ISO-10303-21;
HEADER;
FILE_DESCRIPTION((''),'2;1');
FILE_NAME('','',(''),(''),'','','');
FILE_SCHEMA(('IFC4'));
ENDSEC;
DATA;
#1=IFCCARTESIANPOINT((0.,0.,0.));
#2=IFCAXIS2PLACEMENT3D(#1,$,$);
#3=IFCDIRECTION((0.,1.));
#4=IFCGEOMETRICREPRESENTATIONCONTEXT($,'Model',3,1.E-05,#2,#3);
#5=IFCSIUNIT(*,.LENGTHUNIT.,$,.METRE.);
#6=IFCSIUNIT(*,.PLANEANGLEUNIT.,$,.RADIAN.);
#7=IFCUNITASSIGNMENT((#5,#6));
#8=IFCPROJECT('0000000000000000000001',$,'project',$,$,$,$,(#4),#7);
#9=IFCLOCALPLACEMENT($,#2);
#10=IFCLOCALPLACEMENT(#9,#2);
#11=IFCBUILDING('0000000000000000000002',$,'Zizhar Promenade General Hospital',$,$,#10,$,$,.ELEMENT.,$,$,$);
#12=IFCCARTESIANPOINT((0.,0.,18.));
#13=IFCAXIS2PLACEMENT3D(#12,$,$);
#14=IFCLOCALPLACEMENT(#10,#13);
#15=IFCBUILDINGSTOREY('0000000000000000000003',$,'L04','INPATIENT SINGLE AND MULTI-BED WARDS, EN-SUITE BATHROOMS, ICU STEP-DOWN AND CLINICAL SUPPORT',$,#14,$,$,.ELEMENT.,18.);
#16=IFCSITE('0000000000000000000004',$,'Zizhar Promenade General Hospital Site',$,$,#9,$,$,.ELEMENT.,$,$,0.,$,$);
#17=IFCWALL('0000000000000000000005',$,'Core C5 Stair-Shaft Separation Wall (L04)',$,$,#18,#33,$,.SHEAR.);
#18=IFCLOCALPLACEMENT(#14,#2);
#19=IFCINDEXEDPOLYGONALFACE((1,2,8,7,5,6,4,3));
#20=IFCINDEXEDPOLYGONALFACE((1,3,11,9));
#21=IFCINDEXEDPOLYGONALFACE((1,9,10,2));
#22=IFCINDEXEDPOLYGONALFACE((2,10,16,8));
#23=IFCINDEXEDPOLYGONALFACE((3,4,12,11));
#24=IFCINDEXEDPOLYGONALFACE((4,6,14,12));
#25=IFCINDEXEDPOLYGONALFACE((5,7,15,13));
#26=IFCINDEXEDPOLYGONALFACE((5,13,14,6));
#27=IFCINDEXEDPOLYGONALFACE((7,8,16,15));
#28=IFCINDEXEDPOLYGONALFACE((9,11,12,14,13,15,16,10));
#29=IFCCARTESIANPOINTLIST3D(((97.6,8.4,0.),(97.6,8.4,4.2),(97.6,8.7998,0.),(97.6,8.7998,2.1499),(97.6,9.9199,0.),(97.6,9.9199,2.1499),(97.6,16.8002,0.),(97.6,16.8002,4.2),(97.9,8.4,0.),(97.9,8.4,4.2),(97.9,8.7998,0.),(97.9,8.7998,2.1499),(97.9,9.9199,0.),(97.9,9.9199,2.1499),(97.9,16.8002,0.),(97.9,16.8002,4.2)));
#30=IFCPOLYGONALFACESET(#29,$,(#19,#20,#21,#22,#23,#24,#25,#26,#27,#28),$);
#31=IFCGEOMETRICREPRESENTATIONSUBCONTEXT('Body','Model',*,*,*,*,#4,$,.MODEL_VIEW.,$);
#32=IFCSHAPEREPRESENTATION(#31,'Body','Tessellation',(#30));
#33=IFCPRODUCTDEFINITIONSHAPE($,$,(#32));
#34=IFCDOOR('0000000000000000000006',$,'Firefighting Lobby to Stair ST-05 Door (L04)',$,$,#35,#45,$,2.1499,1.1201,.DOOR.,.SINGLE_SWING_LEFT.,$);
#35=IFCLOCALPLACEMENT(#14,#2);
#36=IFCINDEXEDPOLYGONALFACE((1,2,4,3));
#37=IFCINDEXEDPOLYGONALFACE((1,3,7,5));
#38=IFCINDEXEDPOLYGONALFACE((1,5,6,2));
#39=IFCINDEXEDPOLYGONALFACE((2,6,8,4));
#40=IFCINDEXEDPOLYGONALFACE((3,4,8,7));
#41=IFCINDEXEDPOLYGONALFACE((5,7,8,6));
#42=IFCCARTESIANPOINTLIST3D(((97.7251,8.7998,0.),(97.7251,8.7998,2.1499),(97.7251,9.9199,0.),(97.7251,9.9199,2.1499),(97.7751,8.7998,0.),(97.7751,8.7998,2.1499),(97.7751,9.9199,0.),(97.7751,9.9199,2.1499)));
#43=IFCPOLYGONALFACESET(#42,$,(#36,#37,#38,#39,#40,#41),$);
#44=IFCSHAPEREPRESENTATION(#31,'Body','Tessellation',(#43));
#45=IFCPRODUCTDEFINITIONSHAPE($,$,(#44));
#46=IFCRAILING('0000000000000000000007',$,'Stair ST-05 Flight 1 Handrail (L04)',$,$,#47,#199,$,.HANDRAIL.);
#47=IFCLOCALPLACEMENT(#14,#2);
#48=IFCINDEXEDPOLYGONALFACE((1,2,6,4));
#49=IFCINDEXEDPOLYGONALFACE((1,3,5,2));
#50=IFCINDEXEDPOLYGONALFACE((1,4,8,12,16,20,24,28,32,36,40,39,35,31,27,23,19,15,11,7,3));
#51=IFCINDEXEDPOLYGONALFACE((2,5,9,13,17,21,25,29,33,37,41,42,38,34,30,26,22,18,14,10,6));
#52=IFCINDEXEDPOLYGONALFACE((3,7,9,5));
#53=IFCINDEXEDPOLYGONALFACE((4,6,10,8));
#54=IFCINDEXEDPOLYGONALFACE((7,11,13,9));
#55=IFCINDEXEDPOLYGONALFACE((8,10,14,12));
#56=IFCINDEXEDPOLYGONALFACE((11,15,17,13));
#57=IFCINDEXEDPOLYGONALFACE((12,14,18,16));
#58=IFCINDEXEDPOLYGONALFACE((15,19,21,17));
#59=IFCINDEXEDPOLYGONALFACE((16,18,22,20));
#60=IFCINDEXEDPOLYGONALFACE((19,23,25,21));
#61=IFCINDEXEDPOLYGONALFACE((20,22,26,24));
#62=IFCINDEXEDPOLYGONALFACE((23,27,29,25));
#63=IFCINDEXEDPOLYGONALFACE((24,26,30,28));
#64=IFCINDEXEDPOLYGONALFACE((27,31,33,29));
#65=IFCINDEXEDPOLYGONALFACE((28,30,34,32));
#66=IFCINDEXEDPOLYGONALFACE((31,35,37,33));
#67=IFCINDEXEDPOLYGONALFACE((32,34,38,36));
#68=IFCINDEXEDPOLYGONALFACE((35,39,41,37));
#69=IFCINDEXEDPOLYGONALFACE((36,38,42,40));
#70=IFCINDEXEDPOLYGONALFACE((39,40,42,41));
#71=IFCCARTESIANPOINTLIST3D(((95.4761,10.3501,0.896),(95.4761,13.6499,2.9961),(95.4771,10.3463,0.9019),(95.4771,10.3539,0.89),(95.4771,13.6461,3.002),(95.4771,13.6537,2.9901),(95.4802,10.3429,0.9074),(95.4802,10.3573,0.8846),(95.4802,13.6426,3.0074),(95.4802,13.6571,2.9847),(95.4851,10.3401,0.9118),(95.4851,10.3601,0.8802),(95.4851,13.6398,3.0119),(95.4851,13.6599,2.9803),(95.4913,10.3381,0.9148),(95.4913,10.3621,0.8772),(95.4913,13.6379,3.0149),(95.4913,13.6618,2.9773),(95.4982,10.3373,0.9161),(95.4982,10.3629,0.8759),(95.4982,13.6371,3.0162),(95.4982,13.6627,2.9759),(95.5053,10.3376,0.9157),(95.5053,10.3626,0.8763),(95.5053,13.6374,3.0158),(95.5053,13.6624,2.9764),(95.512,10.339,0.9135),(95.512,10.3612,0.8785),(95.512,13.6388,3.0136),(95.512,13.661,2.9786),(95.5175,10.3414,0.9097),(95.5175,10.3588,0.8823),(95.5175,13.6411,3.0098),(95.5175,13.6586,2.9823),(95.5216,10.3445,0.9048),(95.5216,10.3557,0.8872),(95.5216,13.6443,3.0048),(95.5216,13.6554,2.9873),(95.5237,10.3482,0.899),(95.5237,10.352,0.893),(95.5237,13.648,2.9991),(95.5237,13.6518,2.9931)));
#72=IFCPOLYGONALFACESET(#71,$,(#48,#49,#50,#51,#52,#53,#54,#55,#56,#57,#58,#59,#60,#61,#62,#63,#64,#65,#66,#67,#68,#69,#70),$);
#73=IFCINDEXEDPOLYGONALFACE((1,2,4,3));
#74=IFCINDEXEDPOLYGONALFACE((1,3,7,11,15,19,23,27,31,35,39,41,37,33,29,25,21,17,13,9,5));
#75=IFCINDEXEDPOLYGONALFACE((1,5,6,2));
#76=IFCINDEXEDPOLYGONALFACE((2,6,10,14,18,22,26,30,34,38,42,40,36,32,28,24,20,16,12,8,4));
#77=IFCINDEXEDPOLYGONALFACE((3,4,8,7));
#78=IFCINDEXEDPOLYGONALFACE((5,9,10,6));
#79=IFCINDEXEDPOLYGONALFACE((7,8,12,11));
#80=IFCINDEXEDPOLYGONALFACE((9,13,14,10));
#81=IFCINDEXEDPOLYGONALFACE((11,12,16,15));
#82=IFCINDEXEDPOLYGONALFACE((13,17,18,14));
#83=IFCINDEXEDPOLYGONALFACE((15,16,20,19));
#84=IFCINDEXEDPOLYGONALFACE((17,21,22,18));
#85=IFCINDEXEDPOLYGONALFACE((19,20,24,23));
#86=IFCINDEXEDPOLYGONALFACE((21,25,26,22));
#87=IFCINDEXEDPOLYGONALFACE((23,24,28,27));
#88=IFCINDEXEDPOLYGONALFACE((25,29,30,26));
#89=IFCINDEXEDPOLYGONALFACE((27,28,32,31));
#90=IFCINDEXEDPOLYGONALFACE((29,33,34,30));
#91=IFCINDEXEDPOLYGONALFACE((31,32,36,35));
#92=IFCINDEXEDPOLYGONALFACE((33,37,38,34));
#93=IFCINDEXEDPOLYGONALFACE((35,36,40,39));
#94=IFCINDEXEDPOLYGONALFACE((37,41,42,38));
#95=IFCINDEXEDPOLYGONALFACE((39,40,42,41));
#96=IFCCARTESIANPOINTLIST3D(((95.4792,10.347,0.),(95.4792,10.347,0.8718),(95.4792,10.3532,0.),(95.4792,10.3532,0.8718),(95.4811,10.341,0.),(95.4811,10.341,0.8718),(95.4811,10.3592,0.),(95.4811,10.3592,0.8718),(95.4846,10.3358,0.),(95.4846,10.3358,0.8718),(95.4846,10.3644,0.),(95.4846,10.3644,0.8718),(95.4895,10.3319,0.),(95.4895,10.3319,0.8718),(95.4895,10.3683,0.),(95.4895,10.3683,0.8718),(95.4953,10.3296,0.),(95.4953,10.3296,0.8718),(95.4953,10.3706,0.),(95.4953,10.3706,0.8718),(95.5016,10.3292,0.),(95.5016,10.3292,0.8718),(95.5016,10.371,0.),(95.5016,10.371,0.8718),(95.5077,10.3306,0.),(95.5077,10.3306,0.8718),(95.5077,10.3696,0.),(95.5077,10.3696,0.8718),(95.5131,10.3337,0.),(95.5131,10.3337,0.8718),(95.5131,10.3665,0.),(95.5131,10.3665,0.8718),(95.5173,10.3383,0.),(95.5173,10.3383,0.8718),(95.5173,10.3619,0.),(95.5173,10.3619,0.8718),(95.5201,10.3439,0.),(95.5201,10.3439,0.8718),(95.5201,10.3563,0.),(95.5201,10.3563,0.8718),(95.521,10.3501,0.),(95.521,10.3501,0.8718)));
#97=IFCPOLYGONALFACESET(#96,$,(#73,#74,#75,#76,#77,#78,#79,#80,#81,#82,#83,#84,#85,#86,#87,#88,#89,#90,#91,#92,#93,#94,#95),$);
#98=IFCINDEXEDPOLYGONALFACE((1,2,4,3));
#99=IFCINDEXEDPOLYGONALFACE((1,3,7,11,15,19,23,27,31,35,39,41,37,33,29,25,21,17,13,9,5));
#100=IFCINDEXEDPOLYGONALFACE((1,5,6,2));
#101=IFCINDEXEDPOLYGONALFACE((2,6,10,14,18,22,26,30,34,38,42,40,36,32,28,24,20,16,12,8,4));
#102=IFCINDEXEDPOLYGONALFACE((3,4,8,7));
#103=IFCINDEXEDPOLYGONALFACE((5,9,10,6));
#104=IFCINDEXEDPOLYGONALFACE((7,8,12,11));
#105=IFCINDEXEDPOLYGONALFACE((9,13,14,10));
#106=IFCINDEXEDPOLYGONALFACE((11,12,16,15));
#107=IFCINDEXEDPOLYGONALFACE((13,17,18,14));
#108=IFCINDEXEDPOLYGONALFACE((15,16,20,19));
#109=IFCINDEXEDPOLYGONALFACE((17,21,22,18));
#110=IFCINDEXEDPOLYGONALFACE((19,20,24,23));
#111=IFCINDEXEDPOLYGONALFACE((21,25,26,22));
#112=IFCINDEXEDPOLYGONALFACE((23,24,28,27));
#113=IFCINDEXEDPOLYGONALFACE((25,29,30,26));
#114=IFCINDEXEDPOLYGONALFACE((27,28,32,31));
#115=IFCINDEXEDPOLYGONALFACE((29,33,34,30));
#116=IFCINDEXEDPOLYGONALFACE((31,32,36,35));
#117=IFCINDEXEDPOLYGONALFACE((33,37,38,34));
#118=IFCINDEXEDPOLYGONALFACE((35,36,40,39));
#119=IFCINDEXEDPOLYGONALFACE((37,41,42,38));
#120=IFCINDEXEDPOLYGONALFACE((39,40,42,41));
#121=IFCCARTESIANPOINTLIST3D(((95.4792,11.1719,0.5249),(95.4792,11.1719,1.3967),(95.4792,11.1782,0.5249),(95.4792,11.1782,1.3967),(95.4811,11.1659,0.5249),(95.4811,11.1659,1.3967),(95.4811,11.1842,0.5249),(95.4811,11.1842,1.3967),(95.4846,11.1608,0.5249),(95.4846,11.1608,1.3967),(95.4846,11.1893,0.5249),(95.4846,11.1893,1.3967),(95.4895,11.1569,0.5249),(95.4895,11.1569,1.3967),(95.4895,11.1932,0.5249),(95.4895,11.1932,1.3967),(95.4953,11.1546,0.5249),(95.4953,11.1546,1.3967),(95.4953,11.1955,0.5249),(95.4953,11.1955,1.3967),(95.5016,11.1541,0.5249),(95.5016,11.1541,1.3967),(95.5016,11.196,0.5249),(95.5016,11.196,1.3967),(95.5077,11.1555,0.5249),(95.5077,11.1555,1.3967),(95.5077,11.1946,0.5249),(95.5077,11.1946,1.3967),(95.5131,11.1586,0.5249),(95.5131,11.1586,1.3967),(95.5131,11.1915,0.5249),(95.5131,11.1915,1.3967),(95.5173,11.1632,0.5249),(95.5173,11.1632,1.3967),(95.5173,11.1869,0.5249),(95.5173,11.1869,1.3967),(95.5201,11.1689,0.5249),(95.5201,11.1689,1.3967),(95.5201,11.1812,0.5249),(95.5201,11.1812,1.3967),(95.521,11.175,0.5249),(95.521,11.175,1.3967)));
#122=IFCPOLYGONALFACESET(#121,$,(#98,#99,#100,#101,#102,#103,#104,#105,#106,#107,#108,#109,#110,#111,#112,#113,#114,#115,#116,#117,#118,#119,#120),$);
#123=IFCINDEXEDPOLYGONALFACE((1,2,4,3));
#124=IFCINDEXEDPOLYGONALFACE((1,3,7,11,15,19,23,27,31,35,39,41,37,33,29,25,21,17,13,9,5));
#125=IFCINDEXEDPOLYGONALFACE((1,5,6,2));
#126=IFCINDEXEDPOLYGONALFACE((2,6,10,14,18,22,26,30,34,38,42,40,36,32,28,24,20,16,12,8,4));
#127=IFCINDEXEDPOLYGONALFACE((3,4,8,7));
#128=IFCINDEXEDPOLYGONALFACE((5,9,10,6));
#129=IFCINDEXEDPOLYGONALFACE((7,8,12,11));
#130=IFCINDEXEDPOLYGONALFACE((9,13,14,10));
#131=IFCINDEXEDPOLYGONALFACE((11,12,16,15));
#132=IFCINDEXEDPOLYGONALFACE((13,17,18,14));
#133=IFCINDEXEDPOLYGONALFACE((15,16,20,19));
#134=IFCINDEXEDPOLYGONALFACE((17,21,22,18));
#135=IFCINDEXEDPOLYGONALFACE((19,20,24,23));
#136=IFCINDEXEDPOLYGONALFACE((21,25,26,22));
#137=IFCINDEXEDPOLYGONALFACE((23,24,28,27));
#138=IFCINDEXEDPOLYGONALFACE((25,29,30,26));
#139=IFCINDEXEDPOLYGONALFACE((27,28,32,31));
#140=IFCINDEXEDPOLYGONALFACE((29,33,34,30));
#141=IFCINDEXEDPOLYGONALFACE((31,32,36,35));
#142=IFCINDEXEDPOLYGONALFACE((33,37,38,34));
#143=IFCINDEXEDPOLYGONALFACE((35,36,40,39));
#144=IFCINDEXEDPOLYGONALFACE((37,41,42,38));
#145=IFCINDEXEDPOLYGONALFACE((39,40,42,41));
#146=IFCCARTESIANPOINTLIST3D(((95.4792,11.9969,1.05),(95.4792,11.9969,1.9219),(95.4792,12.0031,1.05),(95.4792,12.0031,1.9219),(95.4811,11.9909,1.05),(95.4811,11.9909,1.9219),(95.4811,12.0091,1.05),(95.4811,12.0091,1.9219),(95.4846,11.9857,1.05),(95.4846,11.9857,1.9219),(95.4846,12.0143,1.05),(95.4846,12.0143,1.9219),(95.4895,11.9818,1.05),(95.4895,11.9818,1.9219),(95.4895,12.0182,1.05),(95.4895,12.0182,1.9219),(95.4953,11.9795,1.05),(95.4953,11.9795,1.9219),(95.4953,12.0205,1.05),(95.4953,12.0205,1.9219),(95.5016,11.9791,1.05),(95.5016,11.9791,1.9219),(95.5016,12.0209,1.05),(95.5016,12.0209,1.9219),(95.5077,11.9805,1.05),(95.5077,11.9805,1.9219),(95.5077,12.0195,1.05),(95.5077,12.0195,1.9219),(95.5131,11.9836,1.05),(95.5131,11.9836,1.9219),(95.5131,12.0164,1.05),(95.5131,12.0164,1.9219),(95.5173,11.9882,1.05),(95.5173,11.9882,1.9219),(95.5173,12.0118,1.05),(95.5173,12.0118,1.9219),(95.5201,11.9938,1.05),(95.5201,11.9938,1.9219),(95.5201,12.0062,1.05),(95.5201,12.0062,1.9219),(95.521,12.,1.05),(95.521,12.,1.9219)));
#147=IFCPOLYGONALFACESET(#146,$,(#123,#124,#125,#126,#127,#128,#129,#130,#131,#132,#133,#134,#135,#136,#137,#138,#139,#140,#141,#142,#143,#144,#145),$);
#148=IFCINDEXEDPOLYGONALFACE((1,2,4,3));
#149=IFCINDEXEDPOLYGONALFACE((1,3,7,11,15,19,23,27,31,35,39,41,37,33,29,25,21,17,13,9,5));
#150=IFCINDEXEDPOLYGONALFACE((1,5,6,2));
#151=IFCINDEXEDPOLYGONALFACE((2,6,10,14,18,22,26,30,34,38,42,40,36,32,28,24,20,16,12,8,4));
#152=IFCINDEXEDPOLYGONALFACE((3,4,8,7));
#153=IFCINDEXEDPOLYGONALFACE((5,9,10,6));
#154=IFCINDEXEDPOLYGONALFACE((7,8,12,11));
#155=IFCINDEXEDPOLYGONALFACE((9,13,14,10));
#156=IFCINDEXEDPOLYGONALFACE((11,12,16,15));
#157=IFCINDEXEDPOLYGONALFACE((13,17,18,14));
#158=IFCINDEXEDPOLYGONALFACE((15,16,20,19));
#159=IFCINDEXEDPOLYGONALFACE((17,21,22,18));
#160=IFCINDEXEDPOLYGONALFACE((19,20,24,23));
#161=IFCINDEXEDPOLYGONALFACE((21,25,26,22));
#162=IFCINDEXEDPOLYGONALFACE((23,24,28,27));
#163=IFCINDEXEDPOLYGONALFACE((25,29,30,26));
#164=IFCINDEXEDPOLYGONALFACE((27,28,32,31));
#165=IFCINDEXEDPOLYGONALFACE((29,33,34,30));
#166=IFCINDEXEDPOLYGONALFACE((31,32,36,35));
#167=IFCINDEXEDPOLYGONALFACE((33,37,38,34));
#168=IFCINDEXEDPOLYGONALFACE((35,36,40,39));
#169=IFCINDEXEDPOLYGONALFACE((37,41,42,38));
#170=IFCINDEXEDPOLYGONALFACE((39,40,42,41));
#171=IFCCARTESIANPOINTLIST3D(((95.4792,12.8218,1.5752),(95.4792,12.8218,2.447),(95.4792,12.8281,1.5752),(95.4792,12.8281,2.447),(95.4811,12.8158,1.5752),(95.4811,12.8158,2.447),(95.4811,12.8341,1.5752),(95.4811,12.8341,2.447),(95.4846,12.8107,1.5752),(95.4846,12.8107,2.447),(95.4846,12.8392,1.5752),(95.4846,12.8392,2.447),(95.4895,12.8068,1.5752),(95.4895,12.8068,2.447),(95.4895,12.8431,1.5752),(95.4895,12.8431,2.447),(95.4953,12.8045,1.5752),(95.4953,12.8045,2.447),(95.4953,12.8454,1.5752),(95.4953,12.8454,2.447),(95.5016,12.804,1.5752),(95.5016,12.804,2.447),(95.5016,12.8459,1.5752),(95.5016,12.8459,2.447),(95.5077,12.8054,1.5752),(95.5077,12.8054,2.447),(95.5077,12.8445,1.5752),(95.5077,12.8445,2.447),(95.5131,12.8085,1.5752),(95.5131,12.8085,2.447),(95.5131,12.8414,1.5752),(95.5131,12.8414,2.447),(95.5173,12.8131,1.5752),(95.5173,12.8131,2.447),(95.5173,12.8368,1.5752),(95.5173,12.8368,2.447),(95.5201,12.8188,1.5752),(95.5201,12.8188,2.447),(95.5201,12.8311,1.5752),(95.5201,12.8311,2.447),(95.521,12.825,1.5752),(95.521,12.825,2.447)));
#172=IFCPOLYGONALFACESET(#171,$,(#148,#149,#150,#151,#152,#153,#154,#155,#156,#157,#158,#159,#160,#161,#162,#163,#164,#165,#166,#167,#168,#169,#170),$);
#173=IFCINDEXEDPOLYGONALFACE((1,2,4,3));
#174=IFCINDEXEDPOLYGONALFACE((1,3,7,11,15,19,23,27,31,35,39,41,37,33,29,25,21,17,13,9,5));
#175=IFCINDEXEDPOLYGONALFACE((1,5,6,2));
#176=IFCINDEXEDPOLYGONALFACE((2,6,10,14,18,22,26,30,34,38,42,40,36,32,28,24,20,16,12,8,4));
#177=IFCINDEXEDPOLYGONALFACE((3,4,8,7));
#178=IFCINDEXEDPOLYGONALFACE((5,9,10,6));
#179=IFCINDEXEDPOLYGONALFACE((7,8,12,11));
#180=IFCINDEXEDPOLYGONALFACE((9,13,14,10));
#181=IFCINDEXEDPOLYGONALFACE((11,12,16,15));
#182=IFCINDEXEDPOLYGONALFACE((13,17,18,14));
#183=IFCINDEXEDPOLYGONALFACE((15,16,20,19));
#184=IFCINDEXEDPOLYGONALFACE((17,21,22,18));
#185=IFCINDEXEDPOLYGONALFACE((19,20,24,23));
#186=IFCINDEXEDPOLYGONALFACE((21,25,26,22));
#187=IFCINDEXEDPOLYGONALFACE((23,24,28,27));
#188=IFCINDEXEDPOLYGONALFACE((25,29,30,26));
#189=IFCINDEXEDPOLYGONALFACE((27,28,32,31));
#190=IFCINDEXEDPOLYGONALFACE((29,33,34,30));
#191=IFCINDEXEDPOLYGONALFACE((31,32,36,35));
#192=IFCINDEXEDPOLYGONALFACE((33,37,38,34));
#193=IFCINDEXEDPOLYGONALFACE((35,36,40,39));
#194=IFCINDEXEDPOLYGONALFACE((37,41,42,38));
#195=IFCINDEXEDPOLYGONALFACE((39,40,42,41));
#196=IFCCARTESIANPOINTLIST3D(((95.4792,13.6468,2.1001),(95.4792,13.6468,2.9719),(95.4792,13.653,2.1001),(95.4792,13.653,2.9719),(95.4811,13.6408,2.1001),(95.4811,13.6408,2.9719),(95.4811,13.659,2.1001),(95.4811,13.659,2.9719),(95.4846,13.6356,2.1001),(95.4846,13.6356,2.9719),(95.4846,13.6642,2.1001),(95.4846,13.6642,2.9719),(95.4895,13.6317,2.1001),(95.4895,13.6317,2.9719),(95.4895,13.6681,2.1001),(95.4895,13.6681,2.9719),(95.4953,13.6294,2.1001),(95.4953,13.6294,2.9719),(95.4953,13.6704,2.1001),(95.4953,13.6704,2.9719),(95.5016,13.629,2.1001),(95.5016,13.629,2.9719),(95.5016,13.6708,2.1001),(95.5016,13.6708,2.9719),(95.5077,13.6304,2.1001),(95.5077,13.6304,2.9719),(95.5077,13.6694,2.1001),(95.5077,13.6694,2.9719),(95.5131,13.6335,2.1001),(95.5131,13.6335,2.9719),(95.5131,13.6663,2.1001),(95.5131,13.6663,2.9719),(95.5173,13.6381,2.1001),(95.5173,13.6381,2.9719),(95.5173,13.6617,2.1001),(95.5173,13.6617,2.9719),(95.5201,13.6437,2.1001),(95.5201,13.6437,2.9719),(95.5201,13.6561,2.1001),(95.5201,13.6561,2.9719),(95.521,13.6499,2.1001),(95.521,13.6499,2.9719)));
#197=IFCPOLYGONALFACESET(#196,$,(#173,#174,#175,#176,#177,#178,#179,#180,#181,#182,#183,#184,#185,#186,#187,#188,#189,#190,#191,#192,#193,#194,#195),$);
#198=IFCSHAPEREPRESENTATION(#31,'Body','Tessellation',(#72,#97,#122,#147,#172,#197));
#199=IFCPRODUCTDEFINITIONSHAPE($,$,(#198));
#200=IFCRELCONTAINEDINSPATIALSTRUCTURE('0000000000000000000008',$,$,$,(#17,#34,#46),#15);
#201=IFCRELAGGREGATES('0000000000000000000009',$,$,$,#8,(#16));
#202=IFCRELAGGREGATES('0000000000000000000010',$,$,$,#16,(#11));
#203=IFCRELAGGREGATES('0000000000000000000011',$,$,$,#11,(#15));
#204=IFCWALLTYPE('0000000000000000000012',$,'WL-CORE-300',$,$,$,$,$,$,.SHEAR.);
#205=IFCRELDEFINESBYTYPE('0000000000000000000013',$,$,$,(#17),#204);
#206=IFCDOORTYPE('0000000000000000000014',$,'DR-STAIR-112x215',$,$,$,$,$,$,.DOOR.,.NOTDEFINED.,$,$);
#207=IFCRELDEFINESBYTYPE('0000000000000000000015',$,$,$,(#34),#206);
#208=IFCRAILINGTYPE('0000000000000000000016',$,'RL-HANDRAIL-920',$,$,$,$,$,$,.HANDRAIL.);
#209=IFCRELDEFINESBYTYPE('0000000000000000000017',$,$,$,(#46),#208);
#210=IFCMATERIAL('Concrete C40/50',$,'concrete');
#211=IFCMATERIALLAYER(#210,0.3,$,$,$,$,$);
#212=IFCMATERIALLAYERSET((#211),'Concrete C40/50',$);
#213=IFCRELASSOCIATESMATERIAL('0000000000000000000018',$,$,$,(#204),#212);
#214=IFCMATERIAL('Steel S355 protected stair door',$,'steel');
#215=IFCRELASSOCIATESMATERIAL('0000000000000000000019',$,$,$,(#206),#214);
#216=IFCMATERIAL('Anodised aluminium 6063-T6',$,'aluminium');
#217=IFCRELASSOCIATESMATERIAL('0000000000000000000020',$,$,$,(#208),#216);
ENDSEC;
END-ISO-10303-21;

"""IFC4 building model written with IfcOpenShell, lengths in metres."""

from ifc_helpers import new_model, si_unit, direction, frame, frame_2d, origin, origin_2d, place, context, subcontext, project, spatial, rectangle, circle, hollow_circle, extrude, material, layer, layer_set, material_profile, profile_set, type_object, element, fill, save


model = new_model("IFC4")

# Units and contexts
model_context = context("Model", 3, precision=1e-05, world=origin(), true_north=direction((0.0, 1.0)))
body_context = subcontext(model_context, "Body", "Model", "MODEL_VIEW")
ifc_project = project(units=[si_unit("LENGTHUNIT", "METRE"), si_unit("PLANEANGLEUNIT", "RADIAN")], contexts=[model_context])

# Site, building, storey
site_placement = place(None, origin())
site = spatial("IfcSite", under=ifc_project, at=site_placement, Name="Zizhar Promenade General Hospital Site", CompositionType="ELEMENT", RefElevation=0.0)
building_placement = place(site_placement, origin())
building = spatial("IfcBuilding", under=site, at=building_placement, Name="Zizhar Promenade General Hospital", CompositionType="ELEMENT")
storey_placement = place(building_placement, frame((0.0, 0.0, 18.0)))
storey = spatial("IfcBuildingStorey", under=building, at=storey_placement, Name="L04", Description="INPATIENT SINGLE AND MULTI-BED WARDS, EN-SUITE BATHROOMS, ICU STEP-DOWN AND CLINICAL SUPPORT", CompositionType="ELEMENT", Elevation=18.0)

# Shared definitions
ifc_material_1 = material(Name="Concrete C40/50", Category="concrete")
ifc_layer_1 = layer(ifc_material_1, 0.3)
ifc_layer_set_1 = layer_set([ifc_layer_1], Name="Concrete C40/50")
wall_type_1 = type_object("IfcWallType", Name="WL-CORE-300", PredefinedType="SHEAR", material=ifc_layer_set_1)

# Wall, opening, door
wall_1_placement = place(storey_placement, frame((97.75, 8.3999, 0.0), z_axis=(0.0, 0.0, 1.0), x_axis=(0.0, 1.0, 0.0)))
wall_1 = element("IfcWall", 1, at=wall_1_placement, inside=storey, type_object=wall_type_1, Name="Core C5 Stair-Shaft Separation Wall (L04)", PredefinedType="SHEAR", context=body_context, shape_type="SweptSolid", body=[
    extrude(rectangle(XDim=8.4001, YDim=0.3, at=frame_2d((4.2002, 0.0))), origin(), (0.0, 0.0, 1.0), 4.2),
])
opening_1_placement = place(wall_1_placement, frame((0.3999, 0.0, 0.0)))
opening_1 = element("IfcOpeningElement", 2, at=opening_1_placement, cuts=wall_1, PredefinedType="OPENING", context=body_context, shape_type="SweptSolid", body=[
    extrude(rectangle(XDim=1.1201, YDim=2.1499, at=frame_2d((0.5601, 1.075))), frame((0.0, 0.1602, 0.0), z_axis=(0.0, -1.0, 0.0), x_axis=(1.0, 0.0, 0.0)), (0.0, 0.0, 1.0), 0.3201),
])
ifc_material_2 = material(Name="Steel S355 protected stair door", Category="steel")
door_type_1 = type_object("IfcDoorType", Name="DR-STAIR-112x215", OperationType="NOTDEFINED", PredefinedType="DOOR", material=ifc_material_2)
door_1_placement = place(opening_1_placement, origin())
door_1 = element("IfcDoor", 3, at=door_1_placement, inside=storey, type_object=door_type_1, Name="Firefighting Lobby to Stair ST-05 Door (L04)", OperationType="SINGLE_SWING_LEFT", OverallHeight=2.1499, OverallWidth=1.1201, PredefinedType="DOOR", context=body_context, shape_type="SweptSolid", body=[
    extrude(rectangle(XDim=1.1201, YDim=2.1499, at=frame_2d((0.5601, 1.075))), frame((0.0, 0.0249, 0.0), z_axis=(0.0, -1.0, 0.0), x_axis=(1.0, 0.0, 0.0)), (0.0, 0.0, 1.0), 0.05),
])
fill(opening_1, door_1)

# Railing
ifc_material_3 = material(Name="Anodised aluminium 6063-T6", Category="aluminium")
ifc_material_profile_1 = material_profile(ifc_material_3, hollow_circle(Radius=0.0698, WallThickness=0.0063, at=origin_2d()))
ifc_profile_set_1 = profile_set([ifc_material_profile_1], Name="Anodised aluminium 6063-T6")
railing_type_1 = type_object("IfcRailingType", Name="RL-HANDRAIL-920", PredefinedType="HANDRAIL", material=ifc_profile_set_1)
railing_1_placement = place(storey_placement, frame((95.5, 10.3501, 0.0)))
element("IfcRailing", 4, at=railing_1_placement, inside=storey, type_object=railing_type_1, Name="Stair ST-05 Flight 1 Handrail (L04)", PredefinedType="HANDRAIL", context=body_context, shape_type="SweptSolid", body=[
    extrude(circle(Radius=0.0239, at=origin_2d()), frame((0.0, 0.0, 0.896), z_axis=(0.0, 0.843636, 0.536916), x_axis=(-1.0, 0.0, 0.0)), (0.0, 0.0, 1.0), 3.9114),
    extrude(circle(Radius=0.021, at=origin_2d()), origin(), (0.0, 0.0, 1.0), 0.8718),
    extrude(circle(Radius=0.021, at=origin_2d()), frame((0.0, 0.825, 0.5249)), (0.0, 0.0, 1.0), 0.8718),
    extrude(circle(Radius=0.021, at=origin_2d()), frame((0.0, 1.6499, 1.05)), (0.0, 0.0, 1.0), 0.8718),
    extrude(circle(Radius=0.021, at=origin_2d()), frame((0.0, 2.4749, 1.5752)), (0.0, 0.0, 1.0), 0.8718),
    extrude(circle(Radius=0.021, at=origin_2d()), frame((0.0, 3.2998, 2.1001)), (0.0, 0.0, 1.0), 0.8718),
])

save(model, "model.ifc")
